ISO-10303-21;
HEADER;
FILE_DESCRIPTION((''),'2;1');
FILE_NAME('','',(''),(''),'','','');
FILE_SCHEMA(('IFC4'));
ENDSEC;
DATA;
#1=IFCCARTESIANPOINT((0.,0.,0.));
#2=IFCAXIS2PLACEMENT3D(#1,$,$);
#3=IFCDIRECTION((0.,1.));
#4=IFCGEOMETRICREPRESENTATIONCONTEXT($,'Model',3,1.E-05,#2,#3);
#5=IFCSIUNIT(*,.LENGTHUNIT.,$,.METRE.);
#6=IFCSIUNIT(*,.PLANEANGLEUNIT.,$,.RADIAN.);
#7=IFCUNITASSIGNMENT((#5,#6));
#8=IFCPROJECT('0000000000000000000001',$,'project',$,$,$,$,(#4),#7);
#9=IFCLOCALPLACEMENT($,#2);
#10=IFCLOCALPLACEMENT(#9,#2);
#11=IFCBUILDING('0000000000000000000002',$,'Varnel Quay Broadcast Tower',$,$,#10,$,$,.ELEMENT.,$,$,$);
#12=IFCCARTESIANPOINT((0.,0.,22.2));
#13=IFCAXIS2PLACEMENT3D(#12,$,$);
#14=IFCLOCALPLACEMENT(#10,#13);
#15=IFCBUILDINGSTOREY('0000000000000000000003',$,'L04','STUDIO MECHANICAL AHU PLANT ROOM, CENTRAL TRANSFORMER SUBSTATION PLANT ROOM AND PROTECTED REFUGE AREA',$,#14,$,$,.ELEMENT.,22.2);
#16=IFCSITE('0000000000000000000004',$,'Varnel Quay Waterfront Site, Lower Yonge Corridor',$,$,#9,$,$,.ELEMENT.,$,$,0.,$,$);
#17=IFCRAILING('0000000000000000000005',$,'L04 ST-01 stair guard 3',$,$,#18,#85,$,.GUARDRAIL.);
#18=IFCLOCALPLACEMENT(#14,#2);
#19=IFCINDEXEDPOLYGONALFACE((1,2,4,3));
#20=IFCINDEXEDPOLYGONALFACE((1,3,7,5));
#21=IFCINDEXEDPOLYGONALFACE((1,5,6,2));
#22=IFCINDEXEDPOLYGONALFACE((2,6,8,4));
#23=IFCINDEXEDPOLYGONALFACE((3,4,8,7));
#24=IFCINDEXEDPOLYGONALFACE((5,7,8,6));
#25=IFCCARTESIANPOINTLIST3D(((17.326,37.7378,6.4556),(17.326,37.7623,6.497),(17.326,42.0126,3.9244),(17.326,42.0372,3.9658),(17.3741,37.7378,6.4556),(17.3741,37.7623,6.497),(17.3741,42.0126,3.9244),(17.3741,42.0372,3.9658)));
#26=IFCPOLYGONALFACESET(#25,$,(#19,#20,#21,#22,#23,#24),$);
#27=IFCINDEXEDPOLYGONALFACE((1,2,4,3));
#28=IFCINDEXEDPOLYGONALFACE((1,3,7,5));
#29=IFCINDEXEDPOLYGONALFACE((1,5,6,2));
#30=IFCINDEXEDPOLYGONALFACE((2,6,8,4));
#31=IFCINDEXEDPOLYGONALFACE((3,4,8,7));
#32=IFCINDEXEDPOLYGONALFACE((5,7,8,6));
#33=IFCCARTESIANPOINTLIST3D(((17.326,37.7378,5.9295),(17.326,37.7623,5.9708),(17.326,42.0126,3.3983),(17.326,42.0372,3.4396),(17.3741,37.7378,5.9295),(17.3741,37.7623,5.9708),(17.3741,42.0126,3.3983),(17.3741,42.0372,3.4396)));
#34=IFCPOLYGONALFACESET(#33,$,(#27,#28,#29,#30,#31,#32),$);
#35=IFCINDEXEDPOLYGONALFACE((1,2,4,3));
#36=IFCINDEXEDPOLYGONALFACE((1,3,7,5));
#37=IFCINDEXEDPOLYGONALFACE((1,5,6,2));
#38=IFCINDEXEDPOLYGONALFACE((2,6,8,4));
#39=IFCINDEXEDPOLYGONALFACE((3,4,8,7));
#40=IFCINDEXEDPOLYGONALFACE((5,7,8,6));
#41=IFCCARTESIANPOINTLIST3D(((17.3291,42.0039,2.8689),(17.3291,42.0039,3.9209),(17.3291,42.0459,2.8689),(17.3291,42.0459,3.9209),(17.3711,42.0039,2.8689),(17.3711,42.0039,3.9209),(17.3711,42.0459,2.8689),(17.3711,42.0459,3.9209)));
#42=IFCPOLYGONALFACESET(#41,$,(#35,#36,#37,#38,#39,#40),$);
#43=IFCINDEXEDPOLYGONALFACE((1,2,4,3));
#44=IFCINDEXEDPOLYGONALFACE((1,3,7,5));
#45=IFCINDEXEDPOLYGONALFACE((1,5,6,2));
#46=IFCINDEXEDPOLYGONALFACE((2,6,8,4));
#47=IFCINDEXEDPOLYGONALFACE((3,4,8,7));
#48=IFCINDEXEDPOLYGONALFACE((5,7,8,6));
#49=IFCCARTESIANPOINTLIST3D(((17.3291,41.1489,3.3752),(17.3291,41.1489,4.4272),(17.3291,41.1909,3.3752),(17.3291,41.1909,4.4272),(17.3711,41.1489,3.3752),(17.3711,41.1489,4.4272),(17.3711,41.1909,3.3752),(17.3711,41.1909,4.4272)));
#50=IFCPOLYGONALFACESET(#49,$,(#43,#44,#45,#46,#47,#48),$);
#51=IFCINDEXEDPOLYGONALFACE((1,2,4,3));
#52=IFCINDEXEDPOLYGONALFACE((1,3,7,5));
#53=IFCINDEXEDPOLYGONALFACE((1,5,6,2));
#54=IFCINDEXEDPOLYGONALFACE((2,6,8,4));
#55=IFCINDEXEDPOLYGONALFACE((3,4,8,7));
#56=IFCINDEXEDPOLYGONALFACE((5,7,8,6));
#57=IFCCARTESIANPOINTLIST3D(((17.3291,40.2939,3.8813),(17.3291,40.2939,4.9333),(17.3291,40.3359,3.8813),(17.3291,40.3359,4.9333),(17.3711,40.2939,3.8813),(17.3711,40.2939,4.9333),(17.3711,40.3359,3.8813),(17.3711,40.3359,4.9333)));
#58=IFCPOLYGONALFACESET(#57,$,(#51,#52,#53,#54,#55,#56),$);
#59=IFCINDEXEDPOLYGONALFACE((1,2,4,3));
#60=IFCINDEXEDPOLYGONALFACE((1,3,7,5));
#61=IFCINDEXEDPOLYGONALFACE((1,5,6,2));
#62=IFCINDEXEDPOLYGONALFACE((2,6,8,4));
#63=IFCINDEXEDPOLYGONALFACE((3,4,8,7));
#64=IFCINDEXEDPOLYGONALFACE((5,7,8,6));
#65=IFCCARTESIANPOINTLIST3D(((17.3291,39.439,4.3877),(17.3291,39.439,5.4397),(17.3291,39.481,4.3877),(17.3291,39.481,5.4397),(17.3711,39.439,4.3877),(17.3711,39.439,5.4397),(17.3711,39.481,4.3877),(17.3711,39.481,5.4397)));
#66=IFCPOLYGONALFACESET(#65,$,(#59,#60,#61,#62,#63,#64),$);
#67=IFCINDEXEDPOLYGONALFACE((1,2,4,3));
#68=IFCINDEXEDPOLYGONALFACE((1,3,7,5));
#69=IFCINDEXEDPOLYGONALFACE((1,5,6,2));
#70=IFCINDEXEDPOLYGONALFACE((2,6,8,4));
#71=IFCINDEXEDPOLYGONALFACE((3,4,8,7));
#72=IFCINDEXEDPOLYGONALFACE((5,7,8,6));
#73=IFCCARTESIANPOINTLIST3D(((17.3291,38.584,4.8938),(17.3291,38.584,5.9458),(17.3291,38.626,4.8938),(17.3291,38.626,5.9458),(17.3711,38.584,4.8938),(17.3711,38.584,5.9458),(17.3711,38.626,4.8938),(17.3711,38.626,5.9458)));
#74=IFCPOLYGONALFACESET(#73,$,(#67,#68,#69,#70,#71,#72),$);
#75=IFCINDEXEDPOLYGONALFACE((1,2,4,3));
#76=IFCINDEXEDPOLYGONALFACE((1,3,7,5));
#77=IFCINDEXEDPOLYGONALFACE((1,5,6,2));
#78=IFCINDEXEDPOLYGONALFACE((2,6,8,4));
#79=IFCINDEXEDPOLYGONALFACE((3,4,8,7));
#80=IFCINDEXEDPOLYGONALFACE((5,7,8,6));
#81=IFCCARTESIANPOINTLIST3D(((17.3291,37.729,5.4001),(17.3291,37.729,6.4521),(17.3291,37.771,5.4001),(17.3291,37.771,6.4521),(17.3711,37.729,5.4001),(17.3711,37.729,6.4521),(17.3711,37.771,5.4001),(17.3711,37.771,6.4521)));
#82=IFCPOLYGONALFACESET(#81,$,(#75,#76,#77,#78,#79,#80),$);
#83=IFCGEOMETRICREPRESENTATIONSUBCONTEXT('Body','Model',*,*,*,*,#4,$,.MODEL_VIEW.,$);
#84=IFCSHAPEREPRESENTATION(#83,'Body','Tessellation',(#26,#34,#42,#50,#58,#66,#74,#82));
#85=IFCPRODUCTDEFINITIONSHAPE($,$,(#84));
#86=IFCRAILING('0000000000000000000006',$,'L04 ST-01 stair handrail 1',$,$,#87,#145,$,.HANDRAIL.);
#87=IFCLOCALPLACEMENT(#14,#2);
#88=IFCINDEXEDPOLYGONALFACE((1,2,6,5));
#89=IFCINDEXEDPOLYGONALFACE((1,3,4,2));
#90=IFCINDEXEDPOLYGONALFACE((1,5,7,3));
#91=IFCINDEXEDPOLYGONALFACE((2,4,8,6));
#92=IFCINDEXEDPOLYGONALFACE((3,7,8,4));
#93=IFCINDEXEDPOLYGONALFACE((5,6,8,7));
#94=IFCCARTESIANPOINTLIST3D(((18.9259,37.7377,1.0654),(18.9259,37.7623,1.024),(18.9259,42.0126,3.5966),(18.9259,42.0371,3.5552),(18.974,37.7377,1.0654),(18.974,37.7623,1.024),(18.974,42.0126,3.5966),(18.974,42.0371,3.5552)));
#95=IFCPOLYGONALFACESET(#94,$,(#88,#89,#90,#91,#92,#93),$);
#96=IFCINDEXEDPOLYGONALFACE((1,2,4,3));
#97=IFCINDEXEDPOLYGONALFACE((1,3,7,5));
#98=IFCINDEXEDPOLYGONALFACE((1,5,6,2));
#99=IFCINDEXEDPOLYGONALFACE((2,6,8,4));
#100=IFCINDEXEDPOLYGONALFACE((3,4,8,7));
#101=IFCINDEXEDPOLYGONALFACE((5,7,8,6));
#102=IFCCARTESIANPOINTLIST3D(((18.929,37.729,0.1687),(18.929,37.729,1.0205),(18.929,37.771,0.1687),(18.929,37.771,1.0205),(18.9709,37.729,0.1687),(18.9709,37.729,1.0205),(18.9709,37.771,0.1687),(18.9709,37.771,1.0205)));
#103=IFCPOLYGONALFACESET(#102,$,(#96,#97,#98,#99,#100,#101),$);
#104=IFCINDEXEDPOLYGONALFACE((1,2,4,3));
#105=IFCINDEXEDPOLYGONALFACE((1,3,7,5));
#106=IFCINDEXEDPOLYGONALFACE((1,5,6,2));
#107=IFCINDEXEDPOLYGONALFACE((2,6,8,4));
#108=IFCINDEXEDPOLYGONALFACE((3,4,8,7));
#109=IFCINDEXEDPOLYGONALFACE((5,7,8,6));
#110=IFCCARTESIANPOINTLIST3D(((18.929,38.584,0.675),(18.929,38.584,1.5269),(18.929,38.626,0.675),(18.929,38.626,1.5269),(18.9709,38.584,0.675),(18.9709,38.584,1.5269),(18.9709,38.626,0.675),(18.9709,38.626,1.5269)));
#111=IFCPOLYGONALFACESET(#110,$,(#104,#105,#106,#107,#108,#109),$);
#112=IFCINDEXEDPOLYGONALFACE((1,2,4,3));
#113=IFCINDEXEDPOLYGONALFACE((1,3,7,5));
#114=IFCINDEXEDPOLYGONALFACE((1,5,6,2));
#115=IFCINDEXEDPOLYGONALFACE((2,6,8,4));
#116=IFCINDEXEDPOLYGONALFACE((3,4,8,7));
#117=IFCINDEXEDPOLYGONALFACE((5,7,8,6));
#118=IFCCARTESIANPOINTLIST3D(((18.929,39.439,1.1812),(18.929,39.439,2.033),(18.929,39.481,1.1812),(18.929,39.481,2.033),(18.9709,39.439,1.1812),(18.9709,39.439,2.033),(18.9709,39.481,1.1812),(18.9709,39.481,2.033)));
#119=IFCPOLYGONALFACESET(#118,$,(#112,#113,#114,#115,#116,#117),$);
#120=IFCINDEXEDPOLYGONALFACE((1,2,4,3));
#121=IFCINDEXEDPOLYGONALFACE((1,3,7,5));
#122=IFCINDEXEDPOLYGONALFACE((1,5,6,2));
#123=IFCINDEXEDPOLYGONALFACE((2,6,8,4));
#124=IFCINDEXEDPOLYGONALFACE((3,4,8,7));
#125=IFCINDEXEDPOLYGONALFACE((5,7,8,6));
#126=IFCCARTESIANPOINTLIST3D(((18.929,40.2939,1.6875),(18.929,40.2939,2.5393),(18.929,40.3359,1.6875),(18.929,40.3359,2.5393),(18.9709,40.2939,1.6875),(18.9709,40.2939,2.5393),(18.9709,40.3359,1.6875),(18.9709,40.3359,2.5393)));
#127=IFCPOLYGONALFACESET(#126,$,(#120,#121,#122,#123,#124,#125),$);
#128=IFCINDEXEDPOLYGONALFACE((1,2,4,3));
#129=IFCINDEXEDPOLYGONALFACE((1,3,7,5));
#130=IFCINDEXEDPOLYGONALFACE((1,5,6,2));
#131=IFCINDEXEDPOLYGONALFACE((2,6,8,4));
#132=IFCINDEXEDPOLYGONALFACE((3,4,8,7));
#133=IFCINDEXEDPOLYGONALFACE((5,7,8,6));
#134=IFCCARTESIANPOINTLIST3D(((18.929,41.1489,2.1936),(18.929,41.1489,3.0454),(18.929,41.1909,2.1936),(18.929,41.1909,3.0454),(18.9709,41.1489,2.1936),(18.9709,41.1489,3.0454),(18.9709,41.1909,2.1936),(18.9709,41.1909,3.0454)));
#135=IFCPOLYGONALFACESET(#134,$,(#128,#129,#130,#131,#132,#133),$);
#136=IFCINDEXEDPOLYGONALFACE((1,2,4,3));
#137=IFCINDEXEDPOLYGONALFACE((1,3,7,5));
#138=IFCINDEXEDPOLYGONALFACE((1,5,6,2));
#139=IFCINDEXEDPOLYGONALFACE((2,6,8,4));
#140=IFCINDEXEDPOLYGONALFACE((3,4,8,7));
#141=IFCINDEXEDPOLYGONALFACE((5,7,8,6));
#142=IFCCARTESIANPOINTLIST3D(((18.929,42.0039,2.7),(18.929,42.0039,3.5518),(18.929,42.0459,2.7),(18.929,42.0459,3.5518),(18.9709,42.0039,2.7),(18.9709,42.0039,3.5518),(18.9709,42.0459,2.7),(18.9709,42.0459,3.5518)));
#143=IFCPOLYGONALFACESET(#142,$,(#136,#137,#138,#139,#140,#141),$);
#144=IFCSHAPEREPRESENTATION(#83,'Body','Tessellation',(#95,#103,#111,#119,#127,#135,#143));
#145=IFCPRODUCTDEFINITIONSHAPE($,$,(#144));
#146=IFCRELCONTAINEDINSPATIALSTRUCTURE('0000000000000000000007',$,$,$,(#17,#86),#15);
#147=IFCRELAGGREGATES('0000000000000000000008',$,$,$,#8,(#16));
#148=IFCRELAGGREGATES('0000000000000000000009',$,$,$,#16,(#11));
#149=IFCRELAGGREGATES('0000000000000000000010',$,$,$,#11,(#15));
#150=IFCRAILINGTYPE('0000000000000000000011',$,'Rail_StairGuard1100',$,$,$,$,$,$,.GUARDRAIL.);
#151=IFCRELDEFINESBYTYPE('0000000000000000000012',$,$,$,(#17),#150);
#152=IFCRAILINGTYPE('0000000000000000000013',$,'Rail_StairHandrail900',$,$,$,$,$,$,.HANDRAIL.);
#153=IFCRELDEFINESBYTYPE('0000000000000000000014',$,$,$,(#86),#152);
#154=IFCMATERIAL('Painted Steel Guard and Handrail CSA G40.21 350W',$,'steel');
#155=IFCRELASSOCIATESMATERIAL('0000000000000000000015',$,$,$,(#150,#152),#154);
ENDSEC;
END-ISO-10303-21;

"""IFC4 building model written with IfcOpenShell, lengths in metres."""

from ifc_helpers import new_model, si_unit, direction, frame, origin, origin_2d, place, context, subcontext, project, spatial, rectangle, extrude, material, type_object, element, save


model = new_model("IFC4")

# Units and contexts
model_context = context("Model", 3, precision=1e-05, world=origin(), true_north=direction((0.0, 1.0)))
body_context = subcontext(model_context, "Body", "Model", "MODEL_VIEW")
ifc_project = project(units=[si_unit("LENGTHUNIT", "METRE"), si_unit("PLANEANGLEUNIT", "RADIAN")], contexts=[model_context])

# Site, building, storey
site_placement = place(None, origin())
site = spatial("IfcSite", under=ifc_project, at=site_placement, Name="Varnel Quay Waterfront Site, Lower Yonge Corridor", CompositionType="ELEMENT", RefElevation=0.0)
building_placement = place(site_placement, origin())
building = spatial("IfcBuilding", under=site, at=building_placement, Name="Varnel Quay Broadcast Tower", CompositionType="ELEMENT")
storey_placement = place(building_placement, frame((0.0, 0.0, 22.2)))
storey = spatial("IfcBuildingStorey", under=building, at=storey_placement, Name="L04", Description="STUDIO MECHANICAL AHU PLANT ROOM, CENTRAL TRANSFORMER SUBSTATION PLANT ROOM AND PROTECTED REFUGE AREA", CompositionType="ELEMENT", Elevation=22.2)

# Railings
ifc_material_1 = material(Name="Painted Steel Guard and Handrail CSA G40.21 350W", Category="steel")
railing_type_1 = type_object("IfcRailingType", Name="Rail_StairGuard1100", PredefinedType="GUARDRAIL", material=ifc_material_1)
railing_1_placement = place(storey_placement, frame((17.3501, 42.0249, 2.8689)))
element("IfcRailing", 1, at=railing_1_placement, inside=storey, type_object=railing_type_1, Name="L04 ST-01 stair guard 3", PredefinedType="GUARDRAIL", context=body_context, shape_type="SweptSolid", body=[
    extrude(rectangle(XDim=0.0481, YDim=0.0481, at=origin_2d()), frame((0.0, 0.0, 1.0762), z_axis=(0.0, -0.86047, 0.509501), x_axis=(1.0, 0.0, 0.0)), (0.0, 0.0, 1.0), 4.968),
    extrude(rectangle(XDim=0.0481, YDim=0.0481, at=origin_2d()), frame((0.0, 0.0, 0.55), z_axis=(0.0, -0.86047, 0.509501), x_axis=(1.0, 0.0, 0.0)), (0.0, 0.0, 1.0), 4.968),
    extrude(rectangle(XDim=0.042, YDim=0.042, at=origin_2d()), origin(), (0.0, 0.0, 1.0), 1.052),
    extrude(rectangle(XDim=0.042, YDim=0.042, at=origin_2d()), frame((0.0, -0.855, 0.5063)), (0.0, 0.0, 1.0), 1.052),
    extrude(rectangle(XDim=0.042, YDim=0.042, at=origin_2d()), frame((0.0, -1.71, 1.0125)), (0.0, 0.0, 1.0), 1.052),
    extrude(rectangle(XDim=0.042, YDim=0.042, at=origin_2d()), frame((0.0, -2.5649, 1.5188)), (0.0, 0.0, 1.0), 1.052),
    extrude(rectangle(XDim=0.042, YDim=0.042, at=origin_2d()), frame((0.0, -3.4199, 2.0249)), (0.0, 0.0, 1.0), 1.052),
    extrude(rectangle(XDim=0.042, YDim=0.042, at=origin_2d()), frame((0.0, -4.2749, 2.5312)), (0.0, 0.0, 1.0), 1.052),
])
railing_type_2 = type_object("IfcRailingType", Name="Rail_StairHandrail900", PredefinedType="HANDRAIL", material=ifc_material_1)
railing_2_placement = place(storey_placement, frame((18.95, 37.75, 0.1687)))
element("IfcRailing", 2, at=railing_2_placement, inside=storey, type_object=railing_type_2, Name="L04 ST-01 stair handrail 1", PredefinedType="HANDRAIL", context=body_context, shape_type="SweptSolid", body=[
    extrude(rectangle(XDim=0.0481, YDim=0.0481, at=origin_2d()), frame((0.0, 0.0, 0.876), z_axis=(0.0, 0.86047, 0.509501), x_axis=(-1.0, 0.0, 0.0)), (0.0, 0.0, 1.0), 4.968),
    extrude(rectangle(XDim=0.042, YDim=0.042, at=origin_2d()), origin(), (0.0, 0.0, 1.0), 0.8518),
    extrude(rectangle(XDim=0.042, YDim=0.042, at=origin_2d()), frame((0.0, 0.855, 0.5063)), (0.0, 0.0, 1.0), 0.8518),
    extrude(rectangle(XDim=0.042, YDim=0.042, at=origin_2d()), frame((0.0, 1.71, 1.0125)), (0.0, 0.0, 1.0), 0.8518),
    extrude(rectangle(XDim=0.042, YDim=0.042, at=origin_2d()), frame((0.0, 2.5649, 1.5188)), (0.0, 0.0, 1.0), 0.8518),
    extrude(rectangle(XDim=0.042, YDim=0.042, at=origin_2d()), frame((0.0, 3.4199, 2.0249)), (0.0, 0.0, 1.0), 0.8518),
    extrude(rectangle(XDim=0.042, YDim=0.042, at=origin_2d()), frame((0.0, 4.2749, 2.5312)), (0.0, 0.0, 1.0), 0.8518),
])

save(model, "model.ifc")
